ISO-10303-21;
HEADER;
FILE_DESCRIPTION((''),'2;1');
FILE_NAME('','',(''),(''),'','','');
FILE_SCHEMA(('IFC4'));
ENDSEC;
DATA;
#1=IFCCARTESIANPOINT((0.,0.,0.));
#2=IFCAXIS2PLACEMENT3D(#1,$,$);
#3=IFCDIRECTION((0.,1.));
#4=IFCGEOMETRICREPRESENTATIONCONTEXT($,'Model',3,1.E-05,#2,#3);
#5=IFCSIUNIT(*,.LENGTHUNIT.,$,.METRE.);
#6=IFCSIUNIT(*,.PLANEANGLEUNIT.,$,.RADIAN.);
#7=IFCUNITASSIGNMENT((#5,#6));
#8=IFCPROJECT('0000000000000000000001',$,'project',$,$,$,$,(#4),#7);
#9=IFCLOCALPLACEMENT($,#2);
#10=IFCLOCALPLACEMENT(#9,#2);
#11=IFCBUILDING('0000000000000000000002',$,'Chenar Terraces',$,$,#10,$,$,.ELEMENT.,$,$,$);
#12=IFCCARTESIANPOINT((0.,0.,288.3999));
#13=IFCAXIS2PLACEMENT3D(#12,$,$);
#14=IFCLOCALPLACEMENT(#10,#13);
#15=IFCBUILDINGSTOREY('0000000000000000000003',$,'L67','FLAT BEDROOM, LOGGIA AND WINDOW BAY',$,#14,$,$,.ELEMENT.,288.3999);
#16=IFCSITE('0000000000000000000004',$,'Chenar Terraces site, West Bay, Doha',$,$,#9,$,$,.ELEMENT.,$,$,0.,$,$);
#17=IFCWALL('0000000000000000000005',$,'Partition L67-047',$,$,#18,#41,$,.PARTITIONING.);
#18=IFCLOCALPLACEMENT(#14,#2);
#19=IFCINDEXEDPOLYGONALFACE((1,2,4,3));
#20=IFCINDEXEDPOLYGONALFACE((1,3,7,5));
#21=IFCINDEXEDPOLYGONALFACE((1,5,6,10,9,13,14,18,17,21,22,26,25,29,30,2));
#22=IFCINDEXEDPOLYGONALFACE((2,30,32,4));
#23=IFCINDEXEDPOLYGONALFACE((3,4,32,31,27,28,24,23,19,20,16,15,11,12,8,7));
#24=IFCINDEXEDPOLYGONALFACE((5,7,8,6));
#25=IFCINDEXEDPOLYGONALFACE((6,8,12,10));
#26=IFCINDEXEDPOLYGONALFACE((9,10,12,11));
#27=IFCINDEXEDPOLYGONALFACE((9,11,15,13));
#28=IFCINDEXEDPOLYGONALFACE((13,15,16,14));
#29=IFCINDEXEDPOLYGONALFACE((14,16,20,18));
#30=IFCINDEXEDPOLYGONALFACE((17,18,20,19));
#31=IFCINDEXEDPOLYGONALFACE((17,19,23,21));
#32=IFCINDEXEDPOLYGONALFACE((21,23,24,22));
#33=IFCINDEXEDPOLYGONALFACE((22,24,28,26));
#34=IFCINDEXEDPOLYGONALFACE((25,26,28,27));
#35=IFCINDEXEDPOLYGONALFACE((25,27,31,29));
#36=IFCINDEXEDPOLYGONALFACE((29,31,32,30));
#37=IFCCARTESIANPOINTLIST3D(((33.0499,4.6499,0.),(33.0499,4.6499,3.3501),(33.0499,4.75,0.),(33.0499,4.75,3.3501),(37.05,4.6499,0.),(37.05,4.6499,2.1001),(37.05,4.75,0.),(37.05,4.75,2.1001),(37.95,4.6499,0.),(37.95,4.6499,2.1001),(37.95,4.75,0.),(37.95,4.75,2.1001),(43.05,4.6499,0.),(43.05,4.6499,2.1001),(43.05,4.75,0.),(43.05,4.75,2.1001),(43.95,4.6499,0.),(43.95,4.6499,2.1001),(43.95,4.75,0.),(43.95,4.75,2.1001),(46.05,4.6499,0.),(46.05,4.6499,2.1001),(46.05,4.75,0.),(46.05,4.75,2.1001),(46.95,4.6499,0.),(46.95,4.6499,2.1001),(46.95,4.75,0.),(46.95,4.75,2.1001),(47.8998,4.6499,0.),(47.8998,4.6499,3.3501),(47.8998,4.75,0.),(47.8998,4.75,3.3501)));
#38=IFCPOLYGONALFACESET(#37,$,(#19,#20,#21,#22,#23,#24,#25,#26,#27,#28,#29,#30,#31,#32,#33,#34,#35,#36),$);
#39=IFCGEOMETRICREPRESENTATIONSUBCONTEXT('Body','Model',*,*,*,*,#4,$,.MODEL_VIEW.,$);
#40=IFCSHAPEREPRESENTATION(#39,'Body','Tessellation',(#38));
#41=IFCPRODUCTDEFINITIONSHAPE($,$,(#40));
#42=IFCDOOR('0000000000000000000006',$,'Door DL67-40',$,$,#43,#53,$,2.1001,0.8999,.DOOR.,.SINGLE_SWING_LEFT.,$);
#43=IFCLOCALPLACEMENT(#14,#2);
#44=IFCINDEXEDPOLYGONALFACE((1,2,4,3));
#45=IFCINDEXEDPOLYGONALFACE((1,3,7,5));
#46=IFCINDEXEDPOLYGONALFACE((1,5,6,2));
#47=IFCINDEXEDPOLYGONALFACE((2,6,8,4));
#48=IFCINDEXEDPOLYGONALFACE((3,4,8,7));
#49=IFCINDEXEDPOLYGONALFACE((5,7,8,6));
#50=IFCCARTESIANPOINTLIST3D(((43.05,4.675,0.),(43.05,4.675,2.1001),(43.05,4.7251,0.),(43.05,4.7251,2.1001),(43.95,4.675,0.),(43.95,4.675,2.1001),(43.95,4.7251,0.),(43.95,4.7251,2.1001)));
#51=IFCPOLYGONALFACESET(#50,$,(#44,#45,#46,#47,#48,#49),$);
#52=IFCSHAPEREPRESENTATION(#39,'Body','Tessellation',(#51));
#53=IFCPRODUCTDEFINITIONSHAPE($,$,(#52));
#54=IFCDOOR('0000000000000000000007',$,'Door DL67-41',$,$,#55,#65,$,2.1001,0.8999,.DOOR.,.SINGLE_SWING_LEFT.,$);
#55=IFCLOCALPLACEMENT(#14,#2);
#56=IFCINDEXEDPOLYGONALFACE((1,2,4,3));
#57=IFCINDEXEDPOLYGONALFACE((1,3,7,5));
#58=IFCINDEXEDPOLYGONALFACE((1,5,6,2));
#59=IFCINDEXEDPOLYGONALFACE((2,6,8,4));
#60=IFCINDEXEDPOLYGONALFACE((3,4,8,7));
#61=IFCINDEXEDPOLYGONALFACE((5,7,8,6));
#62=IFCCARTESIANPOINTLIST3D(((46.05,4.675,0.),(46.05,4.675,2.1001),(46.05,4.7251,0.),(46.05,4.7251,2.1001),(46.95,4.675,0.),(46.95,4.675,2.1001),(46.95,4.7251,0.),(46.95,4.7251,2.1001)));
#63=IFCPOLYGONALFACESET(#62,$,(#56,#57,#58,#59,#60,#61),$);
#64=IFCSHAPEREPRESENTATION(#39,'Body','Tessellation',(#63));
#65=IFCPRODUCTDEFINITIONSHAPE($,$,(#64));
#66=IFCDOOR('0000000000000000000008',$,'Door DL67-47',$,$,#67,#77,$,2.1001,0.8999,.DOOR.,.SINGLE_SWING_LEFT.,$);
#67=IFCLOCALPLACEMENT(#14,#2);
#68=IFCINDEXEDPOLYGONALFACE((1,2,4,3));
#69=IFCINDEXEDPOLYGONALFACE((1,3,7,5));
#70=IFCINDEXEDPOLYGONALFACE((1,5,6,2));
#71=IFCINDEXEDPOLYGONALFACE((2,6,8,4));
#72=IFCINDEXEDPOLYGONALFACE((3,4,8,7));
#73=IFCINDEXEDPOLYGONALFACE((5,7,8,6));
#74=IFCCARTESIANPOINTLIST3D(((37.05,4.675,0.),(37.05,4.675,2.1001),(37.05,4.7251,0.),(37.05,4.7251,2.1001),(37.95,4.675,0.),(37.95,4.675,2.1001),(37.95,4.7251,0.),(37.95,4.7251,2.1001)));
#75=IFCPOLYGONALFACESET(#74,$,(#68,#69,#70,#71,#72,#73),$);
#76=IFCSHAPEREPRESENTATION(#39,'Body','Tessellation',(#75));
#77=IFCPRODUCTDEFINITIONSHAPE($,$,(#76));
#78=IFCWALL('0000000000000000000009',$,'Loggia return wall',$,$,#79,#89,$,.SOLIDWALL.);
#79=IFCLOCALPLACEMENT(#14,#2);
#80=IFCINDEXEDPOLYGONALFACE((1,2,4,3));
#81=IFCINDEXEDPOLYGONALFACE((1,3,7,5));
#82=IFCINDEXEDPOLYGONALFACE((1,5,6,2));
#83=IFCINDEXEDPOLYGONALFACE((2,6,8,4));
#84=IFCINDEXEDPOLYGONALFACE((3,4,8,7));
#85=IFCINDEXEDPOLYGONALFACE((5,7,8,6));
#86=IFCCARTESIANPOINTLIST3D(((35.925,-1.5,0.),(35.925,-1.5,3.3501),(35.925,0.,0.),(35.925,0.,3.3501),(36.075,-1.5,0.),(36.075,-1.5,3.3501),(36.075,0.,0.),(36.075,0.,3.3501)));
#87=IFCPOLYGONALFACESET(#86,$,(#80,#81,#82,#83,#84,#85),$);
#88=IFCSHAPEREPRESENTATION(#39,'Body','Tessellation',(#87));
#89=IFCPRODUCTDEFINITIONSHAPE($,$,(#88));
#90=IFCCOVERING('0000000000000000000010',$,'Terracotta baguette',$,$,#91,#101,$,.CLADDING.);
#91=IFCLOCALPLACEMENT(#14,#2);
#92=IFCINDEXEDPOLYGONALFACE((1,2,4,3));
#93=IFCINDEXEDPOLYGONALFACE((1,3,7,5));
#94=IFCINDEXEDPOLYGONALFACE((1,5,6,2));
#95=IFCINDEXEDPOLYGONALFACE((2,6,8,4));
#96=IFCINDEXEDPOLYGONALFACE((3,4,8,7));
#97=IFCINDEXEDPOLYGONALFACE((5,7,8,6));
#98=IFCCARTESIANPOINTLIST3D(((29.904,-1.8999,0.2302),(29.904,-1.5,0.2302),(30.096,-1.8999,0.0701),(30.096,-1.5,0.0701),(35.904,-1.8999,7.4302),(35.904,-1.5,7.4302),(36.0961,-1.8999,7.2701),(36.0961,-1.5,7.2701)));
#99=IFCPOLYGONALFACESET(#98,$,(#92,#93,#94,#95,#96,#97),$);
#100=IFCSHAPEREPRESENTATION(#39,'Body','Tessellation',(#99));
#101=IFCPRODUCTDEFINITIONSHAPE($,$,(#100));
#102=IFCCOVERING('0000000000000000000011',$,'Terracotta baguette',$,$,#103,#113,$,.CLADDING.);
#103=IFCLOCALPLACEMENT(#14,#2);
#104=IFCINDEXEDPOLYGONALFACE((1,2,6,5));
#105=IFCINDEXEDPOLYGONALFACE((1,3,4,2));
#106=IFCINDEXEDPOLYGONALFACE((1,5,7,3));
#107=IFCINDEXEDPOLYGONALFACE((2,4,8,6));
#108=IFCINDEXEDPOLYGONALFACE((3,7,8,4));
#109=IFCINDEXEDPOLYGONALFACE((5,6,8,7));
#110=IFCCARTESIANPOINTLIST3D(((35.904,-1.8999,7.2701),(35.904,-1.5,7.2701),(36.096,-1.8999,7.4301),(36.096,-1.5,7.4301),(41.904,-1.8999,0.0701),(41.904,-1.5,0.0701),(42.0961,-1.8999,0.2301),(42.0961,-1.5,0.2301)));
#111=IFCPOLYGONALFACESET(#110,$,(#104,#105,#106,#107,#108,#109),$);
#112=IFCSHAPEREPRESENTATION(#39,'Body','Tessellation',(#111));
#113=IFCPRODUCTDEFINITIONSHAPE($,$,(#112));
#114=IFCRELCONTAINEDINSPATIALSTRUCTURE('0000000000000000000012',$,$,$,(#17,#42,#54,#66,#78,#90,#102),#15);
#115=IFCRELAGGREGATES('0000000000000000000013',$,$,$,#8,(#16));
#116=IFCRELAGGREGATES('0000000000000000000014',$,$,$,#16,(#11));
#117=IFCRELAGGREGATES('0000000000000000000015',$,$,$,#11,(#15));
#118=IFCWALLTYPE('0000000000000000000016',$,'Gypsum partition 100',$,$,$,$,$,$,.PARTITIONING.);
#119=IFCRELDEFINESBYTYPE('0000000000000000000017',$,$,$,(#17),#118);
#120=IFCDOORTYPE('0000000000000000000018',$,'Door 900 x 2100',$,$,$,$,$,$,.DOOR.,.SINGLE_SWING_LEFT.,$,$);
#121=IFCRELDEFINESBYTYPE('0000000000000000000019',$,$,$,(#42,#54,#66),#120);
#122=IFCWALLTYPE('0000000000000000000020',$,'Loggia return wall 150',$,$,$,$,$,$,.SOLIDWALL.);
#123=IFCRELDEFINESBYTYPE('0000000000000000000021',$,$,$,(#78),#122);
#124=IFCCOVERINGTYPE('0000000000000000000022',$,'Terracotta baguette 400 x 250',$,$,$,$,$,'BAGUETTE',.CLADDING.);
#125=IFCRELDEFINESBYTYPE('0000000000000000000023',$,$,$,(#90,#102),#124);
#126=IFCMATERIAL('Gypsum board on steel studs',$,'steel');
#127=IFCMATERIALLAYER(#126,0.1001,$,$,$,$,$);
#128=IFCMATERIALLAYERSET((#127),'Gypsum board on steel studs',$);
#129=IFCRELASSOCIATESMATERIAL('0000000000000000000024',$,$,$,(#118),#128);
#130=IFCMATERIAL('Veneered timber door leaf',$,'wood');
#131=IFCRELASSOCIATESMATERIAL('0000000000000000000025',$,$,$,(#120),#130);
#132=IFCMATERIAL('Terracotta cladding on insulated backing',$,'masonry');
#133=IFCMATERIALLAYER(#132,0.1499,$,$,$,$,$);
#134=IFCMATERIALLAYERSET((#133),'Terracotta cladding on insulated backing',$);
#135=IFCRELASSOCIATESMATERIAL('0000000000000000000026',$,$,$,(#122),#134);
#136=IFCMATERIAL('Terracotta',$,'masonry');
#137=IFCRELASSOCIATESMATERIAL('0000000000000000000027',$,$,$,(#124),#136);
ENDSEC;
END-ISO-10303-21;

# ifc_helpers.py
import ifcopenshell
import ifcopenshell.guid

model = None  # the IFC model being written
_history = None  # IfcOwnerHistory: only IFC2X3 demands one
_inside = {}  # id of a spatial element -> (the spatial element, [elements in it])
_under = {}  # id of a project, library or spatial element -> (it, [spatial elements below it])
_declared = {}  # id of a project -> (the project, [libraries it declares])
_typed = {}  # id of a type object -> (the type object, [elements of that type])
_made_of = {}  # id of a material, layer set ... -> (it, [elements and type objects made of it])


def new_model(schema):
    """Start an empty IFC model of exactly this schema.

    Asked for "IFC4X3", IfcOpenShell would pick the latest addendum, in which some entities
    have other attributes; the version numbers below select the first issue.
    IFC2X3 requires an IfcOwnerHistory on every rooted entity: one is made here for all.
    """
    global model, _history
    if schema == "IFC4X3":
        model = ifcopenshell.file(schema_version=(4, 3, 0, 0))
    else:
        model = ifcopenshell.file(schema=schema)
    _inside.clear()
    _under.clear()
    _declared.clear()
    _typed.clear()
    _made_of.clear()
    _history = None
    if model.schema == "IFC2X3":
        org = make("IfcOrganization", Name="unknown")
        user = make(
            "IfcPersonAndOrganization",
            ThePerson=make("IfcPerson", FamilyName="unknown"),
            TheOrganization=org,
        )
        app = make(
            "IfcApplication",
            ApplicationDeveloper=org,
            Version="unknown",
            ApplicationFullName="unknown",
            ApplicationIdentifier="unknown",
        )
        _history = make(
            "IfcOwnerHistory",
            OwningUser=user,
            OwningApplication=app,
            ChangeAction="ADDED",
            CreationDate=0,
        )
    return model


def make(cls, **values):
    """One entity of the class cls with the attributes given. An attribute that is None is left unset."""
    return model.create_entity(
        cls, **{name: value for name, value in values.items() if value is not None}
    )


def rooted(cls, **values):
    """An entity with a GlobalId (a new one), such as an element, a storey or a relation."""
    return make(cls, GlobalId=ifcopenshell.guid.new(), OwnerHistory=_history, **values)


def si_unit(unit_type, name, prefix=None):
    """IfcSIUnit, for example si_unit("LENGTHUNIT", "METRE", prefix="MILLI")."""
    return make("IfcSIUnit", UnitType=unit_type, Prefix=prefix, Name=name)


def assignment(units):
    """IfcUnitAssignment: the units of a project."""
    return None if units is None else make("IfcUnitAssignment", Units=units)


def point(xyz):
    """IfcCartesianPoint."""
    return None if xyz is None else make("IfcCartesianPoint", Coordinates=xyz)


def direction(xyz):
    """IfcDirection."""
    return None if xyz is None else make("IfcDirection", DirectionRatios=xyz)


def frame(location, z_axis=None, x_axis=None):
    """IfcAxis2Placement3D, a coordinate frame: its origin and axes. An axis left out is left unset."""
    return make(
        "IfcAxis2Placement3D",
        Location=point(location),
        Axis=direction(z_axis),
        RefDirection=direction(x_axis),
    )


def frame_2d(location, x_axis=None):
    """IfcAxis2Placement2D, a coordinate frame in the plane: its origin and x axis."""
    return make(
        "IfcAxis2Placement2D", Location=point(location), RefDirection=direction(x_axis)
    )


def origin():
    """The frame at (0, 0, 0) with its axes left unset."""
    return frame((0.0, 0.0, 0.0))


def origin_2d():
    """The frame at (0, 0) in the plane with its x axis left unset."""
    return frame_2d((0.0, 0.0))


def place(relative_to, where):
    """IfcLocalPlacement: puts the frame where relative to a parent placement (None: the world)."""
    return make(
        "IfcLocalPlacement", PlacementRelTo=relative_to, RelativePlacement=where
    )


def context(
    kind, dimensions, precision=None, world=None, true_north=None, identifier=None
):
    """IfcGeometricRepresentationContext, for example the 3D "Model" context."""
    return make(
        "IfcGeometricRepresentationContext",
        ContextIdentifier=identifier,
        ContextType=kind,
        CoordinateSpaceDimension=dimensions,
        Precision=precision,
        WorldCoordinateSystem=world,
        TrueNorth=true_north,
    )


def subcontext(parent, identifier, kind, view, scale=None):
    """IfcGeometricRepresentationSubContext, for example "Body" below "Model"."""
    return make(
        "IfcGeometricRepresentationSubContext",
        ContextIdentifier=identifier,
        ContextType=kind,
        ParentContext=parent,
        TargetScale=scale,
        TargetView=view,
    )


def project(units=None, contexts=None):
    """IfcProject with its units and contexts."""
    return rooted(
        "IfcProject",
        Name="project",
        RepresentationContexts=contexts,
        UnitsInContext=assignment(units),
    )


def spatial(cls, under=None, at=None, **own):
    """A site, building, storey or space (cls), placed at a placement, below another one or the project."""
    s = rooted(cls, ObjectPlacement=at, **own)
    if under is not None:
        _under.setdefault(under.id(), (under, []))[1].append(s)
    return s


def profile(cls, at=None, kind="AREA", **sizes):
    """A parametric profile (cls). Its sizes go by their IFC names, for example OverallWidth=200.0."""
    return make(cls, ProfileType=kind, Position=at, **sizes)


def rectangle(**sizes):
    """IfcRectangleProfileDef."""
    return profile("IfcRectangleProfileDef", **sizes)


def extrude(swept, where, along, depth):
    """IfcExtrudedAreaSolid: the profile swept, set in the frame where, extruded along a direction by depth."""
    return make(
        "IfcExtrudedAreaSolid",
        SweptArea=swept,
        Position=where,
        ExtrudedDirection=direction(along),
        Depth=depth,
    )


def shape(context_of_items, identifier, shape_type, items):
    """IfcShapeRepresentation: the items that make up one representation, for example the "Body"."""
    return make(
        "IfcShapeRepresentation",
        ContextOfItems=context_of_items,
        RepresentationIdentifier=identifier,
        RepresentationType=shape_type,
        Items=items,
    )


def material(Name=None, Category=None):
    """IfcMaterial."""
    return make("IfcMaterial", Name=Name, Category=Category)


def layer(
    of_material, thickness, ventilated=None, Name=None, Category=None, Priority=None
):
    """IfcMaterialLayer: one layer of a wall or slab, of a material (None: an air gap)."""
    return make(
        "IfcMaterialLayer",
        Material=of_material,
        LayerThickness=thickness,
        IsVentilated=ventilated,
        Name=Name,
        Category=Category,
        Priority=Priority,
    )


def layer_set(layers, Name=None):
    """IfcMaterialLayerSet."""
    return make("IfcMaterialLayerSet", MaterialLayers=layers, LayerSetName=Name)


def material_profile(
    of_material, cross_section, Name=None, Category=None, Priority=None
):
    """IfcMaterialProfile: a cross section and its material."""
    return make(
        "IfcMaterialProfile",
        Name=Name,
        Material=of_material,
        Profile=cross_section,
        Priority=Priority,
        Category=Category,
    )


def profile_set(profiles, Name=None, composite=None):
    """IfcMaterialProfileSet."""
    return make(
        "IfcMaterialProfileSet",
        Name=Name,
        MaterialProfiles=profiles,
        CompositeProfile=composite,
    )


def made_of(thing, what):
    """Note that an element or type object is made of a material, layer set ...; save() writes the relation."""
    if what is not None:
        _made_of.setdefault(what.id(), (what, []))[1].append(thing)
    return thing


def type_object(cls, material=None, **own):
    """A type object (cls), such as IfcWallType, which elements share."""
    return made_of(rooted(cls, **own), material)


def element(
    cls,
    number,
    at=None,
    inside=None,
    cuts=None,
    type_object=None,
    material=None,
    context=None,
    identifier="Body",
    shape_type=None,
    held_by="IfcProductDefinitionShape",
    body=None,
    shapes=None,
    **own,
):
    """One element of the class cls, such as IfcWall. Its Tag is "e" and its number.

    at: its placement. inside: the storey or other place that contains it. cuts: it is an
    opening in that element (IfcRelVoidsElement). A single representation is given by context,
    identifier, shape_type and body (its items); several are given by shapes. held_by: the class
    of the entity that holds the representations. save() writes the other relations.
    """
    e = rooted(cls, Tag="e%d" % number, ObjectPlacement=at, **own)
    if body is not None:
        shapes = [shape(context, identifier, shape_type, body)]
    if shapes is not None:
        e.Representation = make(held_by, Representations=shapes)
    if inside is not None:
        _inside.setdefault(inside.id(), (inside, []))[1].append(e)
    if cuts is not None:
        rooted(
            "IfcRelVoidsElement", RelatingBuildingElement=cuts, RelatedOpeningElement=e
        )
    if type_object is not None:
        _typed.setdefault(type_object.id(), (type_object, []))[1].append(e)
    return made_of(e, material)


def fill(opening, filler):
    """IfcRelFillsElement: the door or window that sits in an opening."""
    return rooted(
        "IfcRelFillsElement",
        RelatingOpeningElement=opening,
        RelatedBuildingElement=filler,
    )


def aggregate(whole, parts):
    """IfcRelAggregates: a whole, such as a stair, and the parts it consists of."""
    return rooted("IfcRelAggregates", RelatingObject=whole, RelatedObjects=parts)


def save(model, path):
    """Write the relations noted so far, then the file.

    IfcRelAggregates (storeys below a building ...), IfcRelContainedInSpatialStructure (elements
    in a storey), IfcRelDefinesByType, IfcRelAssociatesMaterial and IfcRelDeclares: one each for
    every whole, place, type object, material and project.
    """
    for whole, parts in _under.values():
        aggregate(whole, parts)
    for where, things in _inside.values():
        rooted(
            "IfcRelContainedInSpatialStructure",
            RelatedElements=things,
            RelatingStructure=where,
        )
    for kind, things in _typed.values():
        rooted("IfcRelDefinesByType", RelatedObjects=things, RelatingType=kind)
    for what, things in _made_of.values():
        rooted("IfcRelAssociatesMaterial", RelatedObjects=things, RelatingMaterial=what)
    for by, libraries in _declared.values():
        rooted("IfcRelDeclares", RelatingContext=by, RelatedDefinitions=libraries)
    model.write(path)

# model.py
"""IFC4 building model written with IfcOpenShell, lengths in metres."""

from ifc_helpers import new_model, si_unit, direction, frame, frame_2d, origin, origin_2d, place, context, subcontext, project, spatial, rectangle, extrude, material, layer, layer_set, material_profile, profile_set, type_object, element, fill, save


model = new_model("IFC4")

# Units and contexts
model_context = context("Model", 3, precision=1e-05, world=origin(), true_north=direction((0.0, 1.0)))
body_context = subcontext(model_context, "Body", "Model", "MODEL_VIEW")
ifc_project = project(units=[si_unit("LENGTHUNIT", "METRE"), si_unit("PLANEANGLEUNIT", "RADIAN")], contexts=[model_context])

# Site, building, storey
site_placement = place(None, origin())
site = spatial("IfcSite", under=ifc_project, at=site_placement, Name="Chenar Terraces site, West Bay, Doha", CompositionType="ELEMENT", RefElevation=0.0)
building_placement = place(site_placement, origin())
building = spatial("IfcBuilding", under=site, at=building_placement, Name="Chenar Terraces", CompositionType="ELEMENT")
storey_placement = place(building_placement, frame((0.0, 0.0, 288.3999)))
storey = spatial("IfcBuildingStorey", under=building, at=storey_placement, Name="L67", Description="FLAT BEDROOM, LOGGIA AND WINDOW BAY", CompositionType="ELEMENT", Elevation=288.3999)

# Shared definitions
ifc_material_1 = material(Name="Gypsum board on steel studs", Category="steel")
ifc_layer_1 = layer(ifc_material_1, 0.1001)
ifc_layer_set_1 = layer_set([ifc_layer_1], Name="Gypsum board on steel studs")
wall_type_1 = type_object("IfcWallType", Name="Gypsum partition 100", PredefinedType="PARTITIONING", material=ifc_layer_set_1)

# Shared definitions
ifc_material_2 = material(Name="Veneered timber door leaf", Category="wood")
door_type_1 = type_object("IfcDoorType", Name="Door 900 x 2100", OperationType="SINGLE_SWING_LEFT", PredefinedType="DOOR", material=ifc_material_2)

# Wall, openings, doors
wall_1_placement = place(storey_placement, frame((33.05, 4.7, 0.0), z_axis=(0.0, 0.0, 1.0), x_axis=(1.0, 0.0, 0.0)))
wall_1 = element("IfcWall", 1, at=wall_1_placement, inside=storey, type_object=wall_type_1, Name="Partition L67-047", PredefinedType="PARTITIONING", context=body_context, shape_type="SweptSolid", body=[
    extrude(rectangle(XDim=14.8499, YDim=0.1001, at=frame_2d((7.4248, 0.0))), origin(), (0.0, 0.0, 1.0), 3.3501),
])
opening_1_placement = place(wall_1_placement, frame((10.0, 0.0, 0.0)))
opening_1 = element("IfcOpeningElement", 2, at=opening_1_placement, cuts=wall_1, PredefinedType="OPENING", context=body_context, shape_type="SweptSolid", body=[
    extrude(rectangle(XDim=0.8999, YDim=2.1001, at=frame_2d((0.45, 1.05))), frame((0.0, 0.0601, 0.0), z_axis=(0.0, -1.0, 0.0), x_axis=(1.0, 0.0, 0.0)), (0.0, 0.0, 1.0), 0.1201),
])
opening_2_placement = place(wall_1_placement, frame((13.0, 0.0, 0.0)))
opening_2 = element("IfcOpeningElement", 3, at=opening_2_placement, cuts=wall_1, PredefinedType="OPENING", context=body_context, shape_type="SweptSolid", body=[
    extrude(rectangle(XDim=0.8999, YDim=2.1001, at=frame_2d((0.45, 1.05))), frame((0.0, 0.0601, 0.0), z_axis=(0.0, -1.0, 0.0), x_axis=(1.0, 0.0, 0.0)), (0.0, 0.0, 1.0), 0.1201),
])
opening_3_placement = place(wall_1_placement, frame((4.0, 0.0, 0.0)))
opening_3 = element("IfcOpeningElement", 4, at=opening_3_placement, cuts=wall_1, PredefinedType="OPENING", context=body_context, shape_type="SweptSolid", body=[
    extrude(rectangle(XDim=0.8999, YDim=2.1001, at=frame_2d((0.45, 1.05))), frame((0.0, 0.0601, 0.0), z_axis=(0.0, -1.0, 0.0), x_axis=(1.0, 0.0, 0.0)), (0.0, 0.0, 1.0), 0.1201),
])
door_1_placement = place(opening_1_placement, frame((0.8999, 0.0, 0.0), z_axis=(0.0, 0.0, 1.0), x_axis=(-1.0, 0.0, 0.0)))
door_1 = element("IfcDoor", 5, at=door_1_placement, inside=storey, type_object=door_type_1, Name="Door DL67-40", OperationType="SINGLE_SWING_LEFT", OverallHeight=2.1001, OverallWidth=0.8999, PredefinedType="DOOR", context=body_context, shape_type="SweptSolid", body=[
    extrude(rectangle(XDim=0.8999, YDim=2.1001, at=frame_2d((0.45, 1.05))), frame((0.0, 0.0249, 0.0), z_axis=(0.0, -1.0, 0.0), x_axis=(1.0, 0.0, 0.0)), (0.0, 0.0, 1.0), 0.05),
])
fill(opening_1, door_1)
door_2_placement = place(opening_2_placement, frame((0.8999, 0.0, 0.0), z_axis=(0.0, 0.0, 1.0), x_axis=(-1.0, 0.0, 0.0)))
door_2 = element("IfcDoor", 6, at=door_2_placement, inside=storey, type_object=door_type_1, Name="Door DL67-41", OperationType="SINGLE_SWING_LEFT", OverallHeight=2.1001, OverallWidth=0.8999, PredefinedType="DOOR", context=body_context, shape_type="SweptSolid", body=[
    extrude(rectangle(XDim=0.8999, YDim=2.1001, at=frame_2d((0.45, 1.05))), frame((0.0, 0.0249, 0.0), z_axis=(0.0, -1.0, 0.0), x_axis=(1.0, 0.0, 0.0)), (0.0, 0.0, 1.0), 0.05),
])
fill(opening_2, door_2)
door_3_placement = place(opening_3_placement, frame((0.8999, 0.0, 0.0), z_axis=(0.0, 0.0, 1.0), x_axis=(-1.0, 0.0, 0.0)))
door_3 = element("IfcDoor", 7, at=door_3_placement, inside=storey, type_object=door_type_1, Name="Door DL67-47", OperationType="SINGLE_SWING_LEFT", OverallHeight=2.1001, OverallWidth=0.8999, PredefinedType="DOOR", context=body_context, shape_type="SweptSolid", body=[
    extrude(rectangle(XDim=0.8999, YDim=2.1001, at=frame_2d((0.45, 1.05))), frame((0.0, 0.0249, 0.0), z_axis=(0.0, -1.0, 0.0), x_axis=(1.0, 0.0, 0.0)), (0.0, 0.0, 1.0), 0.05),
])
fill(opening_3, door_3)

# Wall
ifc_material_3 = material(Name="Terracotta cladding on insulated backing", Category="masonry")
ifc_layer_2 = layer(ifc_material_3, 0.1499)
ifc_layer_set_2 = layer_set([ifc_layer_2], Name="Terracotta cladding on insulated backing")
wall_type_2 = type_object("IfcWallType", Name="Loggia return wall 150", PredefinedType="SOLIDWALL", material=ifc_layer_set_2)
wall_2_placement = place(storey_placement, frame((36.0, -1.5, 0.0), z_axis=(0.0, 0.0, 1.0), x_axis=(0.0, 1.0, 0.0)))
element("IfcWall", 8, at=wall_2_placement, inside=storey, type_object=wall_type_2, Name="Loggia return wall", PredefinedType="SOLIDWALL", context=body_context, shape_type="SweptSolid", body=[
    extrude(rectangle(XDim=1.5, YDim=0.1499, at=frame_2d((0.75, 0.0))), origin(), (0.0, 0.0, 1.0), 3.3501),
])

# Coverings
ifc_material_4 = material(Name="Terracotta", Category="masonry")
ifc_material_profile_1 = material_profile(ifc_material_4, rectangle(XDim=0.3999, YDim=0.25, at=origin_2d()), Name="Terracotta baguette 400 x 250")
ifc_profile_set_1 = profile_set([ifc_material_profile_1], Name="Terracotta")
covering_type = type_object("IfcCoveringType", Name="Terracotta baguette 400 x 250", ElementType="BAGUETTE", PredefinedType="CLADDING", material=ifc_profile_set_1)
for number, where, z_axis, x_axis, name in (
    (9, (30.0, -1.7, 0.1501), (0.640187, 0.0, 0.768219), (0.0, 1.0, 0.0), "Terracotta baguette"),
    (10, (36.0, -1.7, 7.3501), (0.640187, 0.0, -0.768219), (0.0, 1.0, 0.0), "Terracotta baguette"),
):
    element("IfcCovering", number, at=place(storey_placement, frame(where, z_axis=z_axis, x_axis=x_axis)), inside=storey, type_object=covering_type, Name=name, PredefinedType="CLADDING", context=body_context, shape_type="SweptSolid", body=[
        extrude(rectangle(XDim=0.3999, YDim=0.25, at=origin_2d()), origin(), (0.0, 0.0, 1.0), 9.3723),
    ])

save(model, "model.ifc")
